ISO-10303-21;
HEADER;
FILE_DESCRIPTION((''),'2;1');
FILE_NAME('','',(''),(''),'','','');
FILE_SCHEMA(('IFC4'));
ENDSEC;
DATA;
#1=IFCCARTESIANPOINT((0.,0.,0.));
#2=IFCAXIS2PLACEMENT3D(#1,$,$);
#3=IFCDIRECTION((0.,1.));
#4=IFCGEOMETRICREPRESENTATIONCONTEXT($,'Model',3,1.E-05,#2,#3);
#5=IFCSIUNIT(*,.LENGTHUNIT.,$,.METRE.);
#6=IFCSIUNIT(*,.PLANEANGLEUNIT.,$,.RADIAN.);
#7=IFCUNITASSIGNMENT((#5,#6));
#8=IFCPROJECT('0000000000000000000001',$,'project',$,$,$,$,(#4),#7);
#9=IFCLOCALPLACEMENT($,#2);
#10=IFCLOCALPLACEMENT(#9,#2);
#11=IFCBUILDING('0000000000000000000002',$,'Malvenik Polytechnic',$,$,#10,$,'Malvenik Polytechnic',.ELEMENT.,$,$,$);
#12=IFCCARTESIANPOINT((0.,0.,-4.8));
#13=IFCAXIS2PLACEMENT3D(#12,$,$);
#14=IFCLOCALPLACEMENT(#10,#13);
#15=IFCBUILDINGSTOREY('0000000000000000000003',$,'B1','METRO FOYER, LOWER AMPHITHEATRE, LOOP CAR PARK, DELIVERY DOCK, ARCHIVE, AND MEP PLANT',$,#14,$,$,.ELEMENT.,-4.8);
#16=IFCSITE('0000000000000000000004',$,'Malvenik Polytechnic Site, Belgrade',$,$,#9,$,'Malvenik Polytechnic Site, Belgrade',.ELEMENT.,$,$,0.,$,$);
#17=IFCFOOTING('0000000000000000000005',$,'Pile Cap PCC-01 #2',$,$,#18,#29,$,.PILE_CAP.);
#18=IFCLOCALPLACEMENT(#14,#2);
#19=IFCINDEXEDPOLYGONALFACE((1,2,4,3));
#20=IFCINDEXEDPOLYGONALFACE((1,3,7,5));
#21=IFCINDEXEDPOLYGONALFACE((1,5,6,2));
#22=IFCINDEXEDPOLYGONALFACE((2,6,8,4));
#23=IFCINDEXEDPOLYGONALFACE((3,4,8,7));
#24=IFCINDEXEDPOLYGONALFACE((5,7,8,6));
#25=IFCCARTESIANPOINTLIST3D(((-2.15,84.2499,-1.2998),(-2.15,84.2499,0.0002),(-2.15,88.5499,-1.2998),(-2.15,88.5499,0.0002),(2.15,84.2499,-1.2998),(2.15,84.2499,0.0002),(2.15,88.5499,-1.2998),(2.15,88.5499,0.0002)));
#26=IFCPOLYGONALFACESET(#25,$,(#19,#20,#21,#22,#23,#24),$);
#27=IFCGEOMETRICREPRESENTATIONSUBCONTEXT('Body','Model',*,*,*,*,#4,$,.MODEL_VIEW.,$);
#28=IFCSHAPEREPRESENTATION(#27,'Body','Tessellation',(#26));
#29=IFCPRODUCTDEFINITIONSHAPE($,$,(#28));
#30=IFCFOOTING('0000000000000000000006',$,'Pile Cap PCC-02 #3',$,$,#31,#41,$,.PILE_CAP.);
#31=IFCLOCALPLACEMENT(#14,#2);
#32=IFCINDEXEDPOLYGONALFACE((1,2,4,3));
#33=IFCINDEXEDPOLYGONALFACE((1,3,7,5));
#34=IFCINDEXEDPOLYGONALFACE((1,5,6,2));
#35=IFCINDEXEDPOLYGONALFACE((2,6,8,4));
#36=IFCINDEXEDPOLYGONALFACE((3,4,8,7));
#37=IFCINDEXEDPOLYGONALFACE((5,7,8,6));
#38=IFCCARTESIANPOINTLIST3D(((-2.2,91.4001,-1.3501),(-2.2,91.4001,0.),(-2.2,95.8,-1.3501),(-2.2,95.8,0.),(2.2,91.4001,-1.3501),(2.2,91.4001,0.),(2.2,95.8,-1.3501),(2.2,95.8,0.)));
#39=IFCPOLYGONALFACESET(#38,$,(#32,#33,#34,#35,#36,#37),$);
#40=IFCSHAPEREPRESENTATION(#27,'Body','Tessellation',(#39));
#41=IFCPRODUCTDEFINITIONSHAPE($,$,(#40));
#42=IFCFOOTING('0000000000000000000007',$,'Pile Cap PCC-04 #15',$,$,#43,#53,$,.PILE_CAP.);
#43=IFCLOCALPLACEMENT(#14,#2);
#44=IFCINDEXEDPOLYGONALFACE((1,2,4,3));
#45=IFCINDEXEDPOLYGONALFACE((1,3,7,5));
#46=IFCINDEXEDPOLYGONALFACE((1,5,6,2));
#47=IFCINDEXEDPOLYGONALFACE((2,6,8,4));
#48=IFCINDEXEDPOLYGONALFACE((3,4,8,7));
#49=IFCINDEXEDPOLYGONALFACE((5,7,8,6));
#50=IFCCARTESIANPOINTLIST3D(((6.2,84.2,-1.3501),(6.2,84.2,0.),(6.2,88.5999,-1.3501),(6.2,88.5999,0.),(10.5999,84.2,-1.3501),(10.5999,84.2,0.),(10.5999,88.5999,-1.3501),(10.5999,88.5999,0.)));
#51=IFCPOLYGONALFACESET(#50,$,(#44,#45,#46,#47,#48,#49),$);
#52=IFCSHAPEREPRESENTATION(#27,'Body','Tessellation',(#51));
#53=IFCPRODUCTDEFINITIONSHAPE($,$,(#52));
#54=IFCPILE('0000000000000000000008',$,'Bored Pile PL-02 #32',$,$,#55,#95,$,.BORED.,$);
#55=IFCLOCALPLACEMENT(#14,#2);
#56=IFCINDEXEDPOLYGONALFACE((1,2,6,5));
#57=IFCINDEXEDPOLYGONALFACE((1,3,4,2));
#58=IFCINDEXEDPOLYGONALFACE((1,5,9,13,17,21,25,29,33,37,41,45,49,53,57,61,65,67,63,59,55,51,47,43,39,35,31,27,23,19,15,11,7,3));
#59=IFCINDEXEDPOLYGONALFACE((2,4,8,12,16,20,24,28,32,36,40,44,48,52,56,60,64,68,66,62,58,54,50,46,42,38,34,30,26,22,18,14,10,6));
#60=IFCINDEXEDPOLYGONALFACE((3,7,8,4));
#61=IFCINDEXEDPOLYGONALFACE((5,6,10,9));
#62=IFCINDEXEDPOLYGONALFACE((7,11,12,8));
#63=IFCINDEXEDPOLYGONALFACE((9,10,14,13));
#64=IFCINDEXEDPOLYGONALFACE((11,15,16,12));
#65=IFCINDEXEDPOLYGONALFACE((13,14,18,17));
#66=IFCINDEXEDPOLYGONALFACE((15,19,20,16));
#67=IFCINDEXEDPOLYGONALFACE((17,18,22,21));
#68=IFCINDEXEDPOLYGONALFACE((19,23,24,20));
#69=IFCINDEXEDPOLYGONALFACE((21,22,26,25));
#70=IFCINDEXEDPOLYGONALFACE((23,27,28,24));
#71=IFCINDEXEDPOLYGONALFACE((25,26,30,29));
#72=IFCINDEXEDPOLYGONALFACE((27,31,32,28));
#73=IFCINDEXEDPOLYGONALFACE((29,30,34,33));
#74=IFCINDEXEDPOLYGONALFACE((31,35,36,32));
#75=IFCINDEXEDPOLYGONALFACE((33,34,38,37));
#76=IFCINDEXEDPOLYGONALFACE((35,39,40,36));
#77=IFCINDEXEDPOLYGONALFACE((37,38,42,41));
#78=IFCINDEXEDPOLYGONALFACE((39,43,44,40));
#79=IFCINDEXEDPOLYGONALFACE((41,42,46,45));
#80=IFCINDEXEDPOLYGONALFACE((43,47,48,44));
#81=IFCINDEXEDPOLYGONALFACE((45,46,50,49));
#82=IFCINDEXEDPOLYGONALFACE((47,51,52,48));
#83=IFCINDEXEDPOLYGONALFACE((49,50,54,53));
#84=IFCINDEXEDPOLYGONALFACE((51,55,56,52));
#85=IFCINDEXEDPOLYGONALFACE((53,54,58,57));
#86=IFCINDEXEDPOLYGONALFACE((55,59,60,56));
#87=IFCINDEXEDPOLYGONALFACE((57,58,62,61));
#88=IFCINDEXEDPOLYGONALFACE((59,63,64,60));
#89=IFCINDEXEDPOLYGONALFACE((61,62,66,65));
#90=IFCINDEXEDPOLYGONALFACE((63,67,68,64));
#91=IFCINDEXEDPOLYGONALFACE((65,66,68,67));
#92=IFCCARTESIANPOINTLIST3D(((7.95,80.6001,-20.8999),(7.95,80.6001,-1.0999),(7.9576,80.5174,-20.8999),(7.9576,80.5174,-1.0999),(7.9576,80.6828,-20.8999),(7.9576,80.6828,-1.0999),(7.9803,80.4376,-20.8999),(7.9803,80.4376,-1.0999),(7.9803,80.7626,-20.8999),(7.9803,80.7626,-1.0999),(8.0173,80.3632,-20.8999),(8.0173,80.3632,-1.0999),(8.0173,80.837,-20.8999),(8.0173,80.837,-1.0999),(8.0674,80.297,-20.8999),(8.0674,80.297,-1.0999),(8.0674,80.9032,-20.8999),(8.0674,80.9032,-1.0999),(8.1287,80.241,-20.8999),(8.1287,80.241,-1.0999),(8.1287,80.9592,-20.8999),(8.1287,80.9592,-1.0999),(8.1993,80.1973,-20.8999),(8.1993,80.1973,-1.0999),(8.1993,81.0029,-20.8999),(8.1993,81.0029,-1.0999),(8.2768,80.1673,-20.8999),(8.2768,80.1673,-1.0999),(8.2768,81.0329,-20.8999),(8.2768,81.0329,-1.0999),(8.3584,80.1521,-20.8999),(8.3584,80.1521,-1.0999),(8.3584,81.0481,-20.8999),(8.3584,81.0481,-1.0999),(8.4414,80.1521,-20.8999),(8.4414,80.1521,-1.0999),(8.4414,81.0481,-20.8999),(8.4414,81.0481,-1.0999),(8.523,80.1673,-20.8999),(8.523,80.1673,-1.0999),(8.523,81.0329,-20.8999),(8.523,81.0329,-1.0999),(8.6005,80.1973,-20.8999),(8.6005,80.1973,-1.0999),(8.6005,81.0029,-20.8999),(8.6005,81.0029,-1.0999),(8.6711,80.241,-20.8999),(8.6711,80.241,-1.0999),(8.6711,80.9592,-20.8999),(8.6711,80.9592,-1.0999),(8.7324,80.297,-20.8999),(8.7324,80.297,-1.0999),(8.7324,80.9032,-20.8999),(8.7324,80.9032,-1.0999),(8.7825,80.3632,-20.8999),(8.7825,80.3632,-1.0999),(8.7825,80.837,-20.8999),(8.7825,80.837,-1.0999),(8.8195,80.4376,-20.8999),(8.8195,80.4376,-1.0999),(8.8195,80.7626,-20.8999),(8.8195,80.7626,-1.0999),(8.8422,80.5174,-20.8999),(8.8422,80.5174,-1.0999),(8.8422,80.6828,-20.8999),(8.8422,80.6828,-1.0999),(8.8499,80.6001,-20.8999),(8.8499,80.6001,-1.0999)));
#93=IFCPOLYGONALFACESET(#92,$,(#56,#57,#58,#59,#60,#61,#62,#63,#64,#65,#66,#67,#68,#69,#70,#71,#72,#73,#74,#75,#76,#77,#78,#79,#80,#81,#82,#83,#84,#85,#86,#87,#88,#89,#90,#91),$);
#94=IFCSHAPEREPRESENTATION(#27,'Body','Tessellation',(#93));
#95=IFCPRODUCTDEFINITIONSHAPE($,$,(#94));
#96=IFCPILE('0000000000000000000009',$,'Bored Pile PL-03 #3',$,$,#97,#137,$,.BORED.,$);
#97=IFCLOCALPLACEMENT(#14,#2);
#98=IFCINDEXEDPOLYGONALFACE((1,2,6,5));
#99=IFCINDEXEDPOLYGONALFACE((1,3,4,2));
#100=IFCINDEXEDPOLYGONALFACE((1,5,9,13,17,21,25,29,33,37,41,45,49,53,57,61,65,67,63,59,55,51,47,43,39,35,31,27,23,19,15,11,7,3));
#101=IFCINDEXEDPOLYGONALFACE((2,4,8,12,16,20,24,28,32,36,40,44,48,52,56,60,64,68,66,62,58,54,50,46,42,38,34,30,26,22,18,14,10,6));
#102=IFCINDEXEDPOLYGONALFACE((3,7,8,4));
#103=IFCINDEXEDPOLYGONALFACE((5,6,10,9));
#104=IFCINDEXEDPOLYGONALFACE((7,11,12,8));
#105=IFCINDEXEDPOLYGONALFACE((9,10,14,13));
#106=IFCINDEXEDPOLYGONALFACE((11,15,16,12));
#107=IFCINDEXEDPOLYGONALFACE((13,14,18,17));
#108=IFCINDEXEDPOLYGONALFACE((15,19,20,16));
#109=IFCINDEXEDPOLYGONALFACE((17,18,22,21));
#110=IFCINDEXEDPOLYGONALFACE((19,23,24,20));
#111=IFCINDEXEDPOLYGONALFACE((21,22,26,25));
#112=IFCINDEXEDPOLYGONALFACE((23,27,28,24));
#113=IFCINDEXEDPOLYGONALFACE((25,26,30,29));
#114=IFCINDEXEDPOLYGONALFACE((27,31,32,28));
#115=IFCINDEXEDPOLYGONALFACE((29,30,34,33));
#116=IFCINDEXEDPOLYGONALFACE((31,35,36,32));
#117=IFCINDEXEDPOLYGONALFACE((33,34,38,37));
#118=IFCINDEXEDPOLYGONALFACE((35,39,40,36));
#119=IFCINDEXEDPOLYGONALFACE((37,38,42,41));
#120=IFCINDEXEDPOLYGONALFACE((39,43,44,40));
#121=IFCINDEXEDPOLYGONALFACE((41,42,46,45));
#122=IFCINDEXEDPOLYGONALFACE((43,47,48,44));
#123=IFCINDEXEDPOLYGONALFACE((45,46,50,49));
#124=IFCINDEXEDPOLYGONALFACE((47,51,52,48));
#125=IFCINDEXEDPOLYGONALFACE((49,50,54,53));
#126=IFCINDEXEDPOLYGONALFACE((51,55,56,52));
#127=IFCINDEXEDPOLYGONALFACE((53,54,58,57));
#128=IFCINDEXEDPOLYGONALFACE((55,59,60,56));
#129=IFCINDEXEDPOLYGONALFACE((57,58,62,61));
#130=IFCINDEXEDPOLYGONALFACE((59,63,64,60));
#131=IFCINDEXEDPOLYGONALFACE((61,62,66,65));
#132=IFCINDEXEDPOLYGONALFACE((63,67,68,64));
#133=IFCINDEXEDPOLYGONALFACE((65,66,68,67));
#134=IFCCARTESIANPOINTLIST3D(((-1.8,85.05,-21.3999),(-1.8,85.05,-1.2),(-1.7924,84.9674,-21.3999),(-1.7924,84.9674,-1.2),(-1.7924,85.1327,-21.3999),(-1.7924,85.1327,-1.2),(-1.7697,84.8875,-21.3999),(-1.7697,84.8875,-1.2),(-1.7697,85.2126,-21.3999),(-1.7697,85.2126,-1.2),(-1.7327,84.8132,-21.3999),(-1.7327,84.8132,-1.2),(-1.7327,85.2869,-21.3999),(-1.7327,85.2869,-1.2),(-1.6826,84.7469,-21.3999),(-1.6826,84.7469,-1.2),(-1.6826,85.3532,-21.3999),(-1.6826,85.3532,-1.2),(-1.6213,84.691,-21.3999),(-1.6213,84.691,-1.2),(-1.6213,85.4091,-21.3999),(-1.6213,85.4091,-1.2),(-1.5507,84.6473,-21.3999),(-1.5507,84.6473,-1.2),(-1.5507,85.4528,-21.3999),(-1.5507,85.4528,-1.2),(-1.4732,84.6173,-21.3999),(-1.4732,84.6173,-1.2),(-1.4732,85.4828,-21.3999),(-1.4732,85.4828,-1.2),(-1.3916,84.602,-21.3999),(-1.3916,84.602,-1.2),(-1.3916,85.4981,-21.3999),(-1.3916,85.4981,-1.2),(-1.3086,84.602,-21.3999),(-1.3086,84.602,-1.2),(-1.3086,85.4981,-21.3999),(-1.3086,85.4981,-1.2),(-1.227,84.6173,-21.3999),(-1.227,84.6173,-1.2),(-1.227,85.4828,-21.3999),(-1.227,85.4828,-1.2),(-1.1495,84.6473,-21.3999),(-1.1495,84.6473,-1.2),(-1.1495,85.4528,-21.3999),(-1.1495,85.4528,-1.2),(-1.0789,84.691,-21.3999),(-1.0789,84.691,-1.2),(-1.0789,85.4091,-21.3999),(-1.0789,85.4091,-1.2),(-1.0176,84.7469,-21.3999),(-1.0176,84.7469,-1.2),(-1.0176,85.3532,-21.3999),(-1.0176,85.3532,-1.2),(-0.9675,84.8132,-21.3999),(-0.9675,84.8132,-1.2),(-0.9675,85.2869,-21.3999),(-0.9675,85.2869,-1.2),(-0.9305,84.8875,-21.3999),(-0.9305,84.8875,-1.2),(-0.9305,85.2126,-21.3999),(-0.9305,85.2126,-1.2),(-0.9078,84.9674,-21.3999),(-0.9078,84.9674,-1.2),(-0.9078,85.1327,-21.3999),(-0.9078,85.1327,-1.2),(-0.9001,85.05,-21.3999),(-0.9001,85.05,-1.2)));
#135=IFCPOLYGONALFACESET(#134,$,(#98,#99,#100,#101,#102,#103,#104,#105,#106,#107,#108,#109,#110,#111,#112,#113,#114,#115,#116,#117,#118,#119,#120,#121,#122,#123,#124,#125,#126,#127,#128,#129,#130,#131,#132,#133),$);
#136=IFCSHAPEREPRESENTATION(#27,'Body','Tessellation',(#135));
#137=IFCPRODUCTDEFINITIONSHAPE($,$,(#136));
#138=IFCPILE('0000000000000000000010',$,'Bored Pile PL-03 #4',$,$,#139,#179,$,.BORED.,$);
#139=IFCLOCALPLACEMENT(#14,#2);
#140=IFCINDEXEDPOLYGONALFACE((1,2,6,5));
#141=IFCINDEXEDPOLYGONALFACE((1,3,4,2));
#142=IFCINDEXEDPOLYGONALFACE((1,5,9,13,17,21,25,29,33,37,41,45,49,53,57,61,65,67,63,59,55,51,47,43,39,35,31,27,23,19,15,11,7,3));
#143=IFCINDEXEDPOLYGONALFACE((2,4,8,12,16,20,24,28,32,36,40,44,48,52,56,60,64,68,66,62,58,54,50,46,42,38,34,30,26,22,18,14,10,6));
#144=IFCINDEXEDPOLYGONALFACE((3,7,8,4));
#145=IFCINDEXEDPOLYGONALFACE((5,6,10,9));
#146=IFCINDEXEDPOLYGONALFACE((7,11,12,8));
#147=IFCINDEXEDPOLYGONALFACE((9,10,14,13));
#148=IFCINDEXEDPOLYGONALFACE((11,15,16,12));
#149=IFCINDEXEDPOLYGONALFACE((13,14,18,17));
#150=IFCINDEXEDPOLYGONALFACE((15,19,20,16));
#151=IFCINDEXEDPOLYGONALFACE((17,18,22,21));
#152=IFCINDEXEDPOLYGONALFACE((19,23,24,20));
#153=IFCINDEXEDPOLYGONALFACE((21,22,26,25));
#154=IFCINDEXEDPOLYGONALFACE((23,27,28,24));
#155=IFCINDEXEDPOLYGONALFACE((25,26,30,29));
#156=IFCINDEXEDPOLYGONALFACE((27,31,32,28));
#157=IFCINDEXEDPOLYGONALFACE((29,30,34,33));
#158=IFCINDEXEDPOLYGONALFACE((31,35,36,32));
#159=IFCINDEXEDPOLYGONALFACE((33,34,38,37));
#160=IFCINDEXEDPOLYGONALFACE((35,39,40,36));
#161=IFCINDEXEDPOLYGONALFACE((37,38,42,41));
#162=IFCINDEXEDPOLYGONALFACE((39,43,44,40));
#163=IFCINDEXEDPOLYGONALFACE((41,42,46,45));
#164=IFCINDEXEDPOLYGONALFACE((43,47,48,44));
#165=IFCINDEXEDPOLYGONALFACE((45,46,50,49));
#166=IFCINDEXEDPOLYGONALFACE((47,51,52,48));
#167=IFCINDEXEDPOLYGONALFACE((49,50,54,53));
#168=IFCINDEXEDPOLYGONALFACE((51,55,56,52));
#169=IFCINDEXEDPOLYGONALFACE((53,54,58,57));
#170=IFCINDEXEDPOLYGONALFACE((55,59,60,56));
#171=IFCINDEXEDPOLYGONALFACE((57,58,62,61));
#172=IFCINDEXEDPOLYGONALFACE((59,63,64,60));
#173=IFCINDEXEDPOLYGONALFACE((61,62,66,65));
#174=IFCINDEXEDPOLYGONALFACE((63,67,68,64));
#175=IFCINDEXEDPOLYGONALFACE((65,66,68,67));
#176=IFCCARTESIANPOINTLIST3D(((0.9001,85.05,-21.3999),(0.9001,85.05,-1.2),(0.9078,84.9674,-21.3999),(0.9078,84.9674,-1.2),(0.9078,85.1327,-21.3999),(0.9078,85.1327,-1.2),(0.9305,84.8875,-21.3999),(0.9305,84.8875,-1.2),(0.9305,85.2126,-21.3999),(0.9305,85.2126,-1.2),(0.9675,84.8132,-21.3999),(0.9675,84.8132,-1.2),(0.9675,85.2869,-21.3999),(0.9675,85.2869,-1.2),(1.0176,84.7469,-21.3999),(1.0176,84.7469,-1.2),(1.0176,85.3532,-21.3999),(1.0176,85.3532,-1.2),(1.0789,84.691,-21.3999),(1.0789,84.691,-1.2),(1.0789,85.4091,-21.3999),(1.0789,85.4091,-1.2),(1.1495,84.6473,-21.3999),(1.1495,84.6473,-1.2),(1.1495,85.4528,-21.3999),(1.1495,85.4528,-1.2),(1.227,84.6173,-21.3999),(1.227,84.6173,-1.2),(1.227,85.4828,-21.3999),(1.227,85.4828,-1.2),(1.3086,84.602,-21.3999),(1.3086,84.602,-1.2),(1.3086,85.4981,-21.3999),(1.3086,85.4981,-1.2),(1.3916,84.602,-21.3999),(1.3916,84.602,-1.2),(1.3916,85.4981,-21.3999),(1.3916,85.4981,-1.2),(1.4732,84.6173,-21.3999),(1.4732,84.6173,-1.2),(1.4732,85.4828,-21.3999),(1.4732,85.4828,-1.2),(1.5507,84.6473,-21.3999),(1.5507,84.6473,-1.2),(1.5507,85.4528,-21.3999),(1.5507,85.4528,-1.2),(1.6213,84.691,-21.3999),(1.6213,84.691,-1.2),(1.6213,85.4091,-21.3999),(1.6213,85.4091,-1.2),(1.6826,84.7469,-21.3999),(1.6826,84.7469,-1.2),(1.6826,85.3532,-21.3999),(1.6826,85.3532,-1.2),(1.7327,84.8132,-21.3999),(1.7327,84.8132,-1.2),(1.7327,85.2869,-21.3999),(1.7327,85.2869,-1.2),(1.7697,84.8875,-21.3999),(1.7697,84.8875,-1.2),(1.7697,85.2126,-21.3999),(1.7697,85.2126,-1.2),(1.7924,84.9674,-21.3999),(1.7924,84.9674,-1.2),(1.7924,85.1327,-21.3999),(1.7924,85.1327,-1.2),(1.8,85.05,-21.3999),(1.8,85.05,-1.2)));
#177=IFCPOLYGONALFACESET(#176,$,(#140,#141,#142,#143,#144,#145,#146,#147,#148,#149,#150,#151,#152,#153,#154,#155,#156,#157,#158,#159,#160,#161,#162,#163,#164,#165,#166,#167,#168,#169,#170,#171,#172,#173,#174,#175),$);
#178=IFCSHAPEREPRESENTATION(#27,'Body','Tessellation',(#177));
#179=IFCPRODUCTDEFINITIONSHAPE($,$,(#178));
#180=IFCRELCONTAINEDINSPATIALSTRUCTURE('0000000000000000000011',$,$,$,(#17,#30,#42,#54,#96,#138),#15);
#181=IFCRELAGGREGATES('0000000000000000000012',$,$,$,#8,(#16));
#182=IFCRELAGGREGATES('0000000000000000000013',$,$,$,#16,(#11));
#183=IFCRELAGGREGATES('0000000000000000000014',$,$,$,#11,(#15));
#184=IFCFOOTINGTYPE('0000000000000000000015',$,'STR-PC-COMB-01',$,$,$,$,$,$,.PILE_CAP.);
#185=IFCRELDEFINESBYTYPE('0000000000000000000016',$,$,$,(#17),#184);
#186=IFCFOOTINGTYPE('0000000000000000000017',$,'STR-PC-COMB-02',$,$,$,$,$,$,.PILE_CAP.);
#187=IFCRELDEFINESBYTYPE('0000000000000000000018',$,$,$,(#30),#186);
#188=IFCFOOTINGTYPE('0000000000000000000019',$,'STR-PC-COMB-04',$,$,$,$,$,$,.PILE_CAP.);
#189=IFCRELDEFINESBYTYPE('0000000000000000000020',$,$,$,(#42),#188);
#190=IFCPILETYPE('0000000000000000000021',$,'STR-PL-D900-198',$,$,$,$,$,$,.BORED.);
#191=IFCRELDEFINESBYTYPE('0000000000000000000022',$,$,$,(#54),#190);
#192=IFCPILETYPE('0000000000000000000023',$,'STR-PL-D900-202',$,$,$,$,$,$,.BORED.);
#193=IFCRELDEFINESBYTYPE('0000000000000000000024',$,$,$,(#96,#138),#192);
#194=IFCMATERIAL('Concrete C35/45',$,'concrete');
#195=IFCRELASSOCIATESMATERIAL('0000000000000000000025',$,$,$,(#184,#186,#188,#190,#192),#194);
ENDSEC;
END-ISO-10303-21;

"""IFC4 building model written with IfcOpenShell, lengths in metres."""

from ifc_helpers import new_model, si_unit, direction, frame, origin, origin_2d, place, context, subcontext, project, spatial, rectangle, circle, extrude, material, material_profile, profile_set, type_object, element, save


model = new_model("IFC4")

# Units and contexts
model_context = context("Model", 3, precision=1e-05, world=origin(), true_north=direction((0.0, 1.0)))
body_context = subcontext(model_context, "Body", "Model", "MODEL_VIEW")
ifc_project = project(units=[si_unit("LENGTHUNIT", "METRE"), si_unit("PLANEANGLEUNIT", "RADIAN")], contexts=[model_context])

# Site, building, storey
site_placement = place(None, origin())
site = spatial("IfcSite", under=ifc_project, at=site_placement, Name="Malvenik Polytechnic Site, Belgrade", LongName="Malvenik Polytechnic Site, Belgrade", CompositionType="ELEMENT", RefElevation=0.0)
building_placement = place(site_placement, origin())
building = spatial("IfcBuilding", under=site, at=building_placement, Name="Malvenik Polytechnic", LongName="Malvenik Polytechnic", CompositionType="ELEMENT")
storey_placement = place(building_placement, frame((0.0, 0.0, -4.8)))
storey = spatial("IfcBuildingStorey", under=building, at=storey_placement, Name="B1", Description="METRO FOYER, LOWER AMPHITHEATRE, LOOP CAR PARK, DELIVERY DOCK, ARCHIVE, AND MEP PLANT", CompositionType="ELEMENT", Elevation=-4.8)

# Footings
ifc_material_1 = material(Name="Concrete C35/45", Category="concrete")
footing_type_1 = type_object("IfcFootingType", Name="STR-PC-COMB-01", PredefinedType="PILE_CAP", material=ifc_material_1)
footing_1_placement = place(storey_placement, frame((0.0, 86.3999, -1.2998), z_axis=(0.0, 0.0, 1.0), x_axis=(1.0, 0.0, 0.0)))
element("IfcFooting", 1, at=footing_1_placement, inside=storey, type_object=footing_type_1, Name="Pile Cap PCC-01 #2", PredefinedType="PILE_CAP", context=body_context, shape_type="SweptSolid", body=[
    extrude(rectangle(XDim=4.3, YDim=4.3, at=origin_2d()), origin(), (0.0, 0.0, 1.0), 1.3),
])
footing_type_2 = type_object("IfcFootingType", Name="STR-PC-COMB-02", PredefinedType="PILE_CAP", material=ifc_material_1)
footing_2_placement = place(storey_placement, frame((0.0, 93.6001, -1.3501), z_axis=(0.0, 0.0, 1.0), x_axis=(1.0, 0.0, 0.0)))
element("IfcFooting", 2, at=footing_2_placement, inside=storey, type_object=footing_type_2, Name="Pile Cap PCC-02 #3", PredefinedType="PILE_CAP", context=body_context, shape_type="SweptSolid", body=[
    extrude(rectangle(XDim=4.3999, YDim=4.3999, at=origin_2d()), origin(), (0.0, 0.0, 1.0), 1.3501),
])
footing_type_3 = type_object("IfcFootingType", Name="STR-PC-COMB-04", PredefinedType="PILE_CAP", material=ifc_material_1)
footing_3_placement = place(storey_placement, frame((8.3999, 86.3999, -1.3501), z_axis=(0.0, 0.0, 1.0), x_axis=(1.0, 0.0, 0.0)))
element("IfcFooting", 3, at=footing_3_placement, inside=storey, type_object=footing_type_3, Name="Pile Cap PCC-04 #15", PredefinedType="PILE_CAP", context=body_context, shape_type="SweptSolid", body=[
    extrude(rectangle(XDim=4.3999, YDim=4.3999, at=origin_2d()), origin(), (0.0, 0.0, 1.0), 1.3501),
])

# Piles
ifc_material_profile_1 = material_profile(ifc_material_1, circle(Radius=0.45, at=origin_2d()), Name="BORED PILE D900")
ifc_profile_set_1 = profile_set([ifc_material_profile_1], Name="Concrete C35/45")
pile_type_1 = type_object("IfcPileType", Name="STR-PL-D900-198", PredefinedType="BORED", material=ifc_profile_set_1)
pile_placement = place(storey_placement, frame((8.3999, 80.6001, -1.0999), z_axis=(0.0, 0.0, -1.0), x_axis=(1.0, 0.0, 0.0)))
element("IfcPile", 4, at=pile_placement, inside=storey, type_object=pile_type_1, Name="Bored Pile PL-02 #32", PredefinedType="BORED", context=body_context, shape_type="SweptSolid", body=[
    extrude(circle(Radius=0.45, at=origin_2d()), origin(), (0.0, 0.0, 1.0), 19.8),
])
ifc_material_profile_2 = material_profile(ifc_material_1, circle(Radius=0.45, at=origin_2d()), Name="BORED PILE D900")
ifc_profile_set_2 = profile_set([ifc_material_profile_2], Name="Concrete C35/45")
pile_type_2 = type_object("IfcPileType", Name="STR-PL-D900-202", PredefinedType="BORED", material=ifc_profile_set_2)
for number, where, z_axis, x_axis, name in (
    (5, (-1.3501, 85.05, -1.2), (0.0, 0.0, -1.0), (1.0, 0.0, 0.0), "Bored Pile PL-03 #3"),
    (6, (1.3501, 85.05, -1.2), (0.0, 0.0, -1.0), (1.0, 0.0, 0.0), "Bored Pile PL-03 #4"),
):
    element("IfcPile", number, at=place(storey_placement, frame(where, z_axis=z_axis, x_axis=x_axis)), inside=storey, type_object=pile_type_2, Name=name, PredefinedType="BORED", context=body_context, shape_type="SweptSolid", body=[
        extrude(circle(Radius=0.45, at=origin_2d()), origin(), (0.0, 0.0, 1.0), 20.2),
    ])

save(model, "model.ifc")
